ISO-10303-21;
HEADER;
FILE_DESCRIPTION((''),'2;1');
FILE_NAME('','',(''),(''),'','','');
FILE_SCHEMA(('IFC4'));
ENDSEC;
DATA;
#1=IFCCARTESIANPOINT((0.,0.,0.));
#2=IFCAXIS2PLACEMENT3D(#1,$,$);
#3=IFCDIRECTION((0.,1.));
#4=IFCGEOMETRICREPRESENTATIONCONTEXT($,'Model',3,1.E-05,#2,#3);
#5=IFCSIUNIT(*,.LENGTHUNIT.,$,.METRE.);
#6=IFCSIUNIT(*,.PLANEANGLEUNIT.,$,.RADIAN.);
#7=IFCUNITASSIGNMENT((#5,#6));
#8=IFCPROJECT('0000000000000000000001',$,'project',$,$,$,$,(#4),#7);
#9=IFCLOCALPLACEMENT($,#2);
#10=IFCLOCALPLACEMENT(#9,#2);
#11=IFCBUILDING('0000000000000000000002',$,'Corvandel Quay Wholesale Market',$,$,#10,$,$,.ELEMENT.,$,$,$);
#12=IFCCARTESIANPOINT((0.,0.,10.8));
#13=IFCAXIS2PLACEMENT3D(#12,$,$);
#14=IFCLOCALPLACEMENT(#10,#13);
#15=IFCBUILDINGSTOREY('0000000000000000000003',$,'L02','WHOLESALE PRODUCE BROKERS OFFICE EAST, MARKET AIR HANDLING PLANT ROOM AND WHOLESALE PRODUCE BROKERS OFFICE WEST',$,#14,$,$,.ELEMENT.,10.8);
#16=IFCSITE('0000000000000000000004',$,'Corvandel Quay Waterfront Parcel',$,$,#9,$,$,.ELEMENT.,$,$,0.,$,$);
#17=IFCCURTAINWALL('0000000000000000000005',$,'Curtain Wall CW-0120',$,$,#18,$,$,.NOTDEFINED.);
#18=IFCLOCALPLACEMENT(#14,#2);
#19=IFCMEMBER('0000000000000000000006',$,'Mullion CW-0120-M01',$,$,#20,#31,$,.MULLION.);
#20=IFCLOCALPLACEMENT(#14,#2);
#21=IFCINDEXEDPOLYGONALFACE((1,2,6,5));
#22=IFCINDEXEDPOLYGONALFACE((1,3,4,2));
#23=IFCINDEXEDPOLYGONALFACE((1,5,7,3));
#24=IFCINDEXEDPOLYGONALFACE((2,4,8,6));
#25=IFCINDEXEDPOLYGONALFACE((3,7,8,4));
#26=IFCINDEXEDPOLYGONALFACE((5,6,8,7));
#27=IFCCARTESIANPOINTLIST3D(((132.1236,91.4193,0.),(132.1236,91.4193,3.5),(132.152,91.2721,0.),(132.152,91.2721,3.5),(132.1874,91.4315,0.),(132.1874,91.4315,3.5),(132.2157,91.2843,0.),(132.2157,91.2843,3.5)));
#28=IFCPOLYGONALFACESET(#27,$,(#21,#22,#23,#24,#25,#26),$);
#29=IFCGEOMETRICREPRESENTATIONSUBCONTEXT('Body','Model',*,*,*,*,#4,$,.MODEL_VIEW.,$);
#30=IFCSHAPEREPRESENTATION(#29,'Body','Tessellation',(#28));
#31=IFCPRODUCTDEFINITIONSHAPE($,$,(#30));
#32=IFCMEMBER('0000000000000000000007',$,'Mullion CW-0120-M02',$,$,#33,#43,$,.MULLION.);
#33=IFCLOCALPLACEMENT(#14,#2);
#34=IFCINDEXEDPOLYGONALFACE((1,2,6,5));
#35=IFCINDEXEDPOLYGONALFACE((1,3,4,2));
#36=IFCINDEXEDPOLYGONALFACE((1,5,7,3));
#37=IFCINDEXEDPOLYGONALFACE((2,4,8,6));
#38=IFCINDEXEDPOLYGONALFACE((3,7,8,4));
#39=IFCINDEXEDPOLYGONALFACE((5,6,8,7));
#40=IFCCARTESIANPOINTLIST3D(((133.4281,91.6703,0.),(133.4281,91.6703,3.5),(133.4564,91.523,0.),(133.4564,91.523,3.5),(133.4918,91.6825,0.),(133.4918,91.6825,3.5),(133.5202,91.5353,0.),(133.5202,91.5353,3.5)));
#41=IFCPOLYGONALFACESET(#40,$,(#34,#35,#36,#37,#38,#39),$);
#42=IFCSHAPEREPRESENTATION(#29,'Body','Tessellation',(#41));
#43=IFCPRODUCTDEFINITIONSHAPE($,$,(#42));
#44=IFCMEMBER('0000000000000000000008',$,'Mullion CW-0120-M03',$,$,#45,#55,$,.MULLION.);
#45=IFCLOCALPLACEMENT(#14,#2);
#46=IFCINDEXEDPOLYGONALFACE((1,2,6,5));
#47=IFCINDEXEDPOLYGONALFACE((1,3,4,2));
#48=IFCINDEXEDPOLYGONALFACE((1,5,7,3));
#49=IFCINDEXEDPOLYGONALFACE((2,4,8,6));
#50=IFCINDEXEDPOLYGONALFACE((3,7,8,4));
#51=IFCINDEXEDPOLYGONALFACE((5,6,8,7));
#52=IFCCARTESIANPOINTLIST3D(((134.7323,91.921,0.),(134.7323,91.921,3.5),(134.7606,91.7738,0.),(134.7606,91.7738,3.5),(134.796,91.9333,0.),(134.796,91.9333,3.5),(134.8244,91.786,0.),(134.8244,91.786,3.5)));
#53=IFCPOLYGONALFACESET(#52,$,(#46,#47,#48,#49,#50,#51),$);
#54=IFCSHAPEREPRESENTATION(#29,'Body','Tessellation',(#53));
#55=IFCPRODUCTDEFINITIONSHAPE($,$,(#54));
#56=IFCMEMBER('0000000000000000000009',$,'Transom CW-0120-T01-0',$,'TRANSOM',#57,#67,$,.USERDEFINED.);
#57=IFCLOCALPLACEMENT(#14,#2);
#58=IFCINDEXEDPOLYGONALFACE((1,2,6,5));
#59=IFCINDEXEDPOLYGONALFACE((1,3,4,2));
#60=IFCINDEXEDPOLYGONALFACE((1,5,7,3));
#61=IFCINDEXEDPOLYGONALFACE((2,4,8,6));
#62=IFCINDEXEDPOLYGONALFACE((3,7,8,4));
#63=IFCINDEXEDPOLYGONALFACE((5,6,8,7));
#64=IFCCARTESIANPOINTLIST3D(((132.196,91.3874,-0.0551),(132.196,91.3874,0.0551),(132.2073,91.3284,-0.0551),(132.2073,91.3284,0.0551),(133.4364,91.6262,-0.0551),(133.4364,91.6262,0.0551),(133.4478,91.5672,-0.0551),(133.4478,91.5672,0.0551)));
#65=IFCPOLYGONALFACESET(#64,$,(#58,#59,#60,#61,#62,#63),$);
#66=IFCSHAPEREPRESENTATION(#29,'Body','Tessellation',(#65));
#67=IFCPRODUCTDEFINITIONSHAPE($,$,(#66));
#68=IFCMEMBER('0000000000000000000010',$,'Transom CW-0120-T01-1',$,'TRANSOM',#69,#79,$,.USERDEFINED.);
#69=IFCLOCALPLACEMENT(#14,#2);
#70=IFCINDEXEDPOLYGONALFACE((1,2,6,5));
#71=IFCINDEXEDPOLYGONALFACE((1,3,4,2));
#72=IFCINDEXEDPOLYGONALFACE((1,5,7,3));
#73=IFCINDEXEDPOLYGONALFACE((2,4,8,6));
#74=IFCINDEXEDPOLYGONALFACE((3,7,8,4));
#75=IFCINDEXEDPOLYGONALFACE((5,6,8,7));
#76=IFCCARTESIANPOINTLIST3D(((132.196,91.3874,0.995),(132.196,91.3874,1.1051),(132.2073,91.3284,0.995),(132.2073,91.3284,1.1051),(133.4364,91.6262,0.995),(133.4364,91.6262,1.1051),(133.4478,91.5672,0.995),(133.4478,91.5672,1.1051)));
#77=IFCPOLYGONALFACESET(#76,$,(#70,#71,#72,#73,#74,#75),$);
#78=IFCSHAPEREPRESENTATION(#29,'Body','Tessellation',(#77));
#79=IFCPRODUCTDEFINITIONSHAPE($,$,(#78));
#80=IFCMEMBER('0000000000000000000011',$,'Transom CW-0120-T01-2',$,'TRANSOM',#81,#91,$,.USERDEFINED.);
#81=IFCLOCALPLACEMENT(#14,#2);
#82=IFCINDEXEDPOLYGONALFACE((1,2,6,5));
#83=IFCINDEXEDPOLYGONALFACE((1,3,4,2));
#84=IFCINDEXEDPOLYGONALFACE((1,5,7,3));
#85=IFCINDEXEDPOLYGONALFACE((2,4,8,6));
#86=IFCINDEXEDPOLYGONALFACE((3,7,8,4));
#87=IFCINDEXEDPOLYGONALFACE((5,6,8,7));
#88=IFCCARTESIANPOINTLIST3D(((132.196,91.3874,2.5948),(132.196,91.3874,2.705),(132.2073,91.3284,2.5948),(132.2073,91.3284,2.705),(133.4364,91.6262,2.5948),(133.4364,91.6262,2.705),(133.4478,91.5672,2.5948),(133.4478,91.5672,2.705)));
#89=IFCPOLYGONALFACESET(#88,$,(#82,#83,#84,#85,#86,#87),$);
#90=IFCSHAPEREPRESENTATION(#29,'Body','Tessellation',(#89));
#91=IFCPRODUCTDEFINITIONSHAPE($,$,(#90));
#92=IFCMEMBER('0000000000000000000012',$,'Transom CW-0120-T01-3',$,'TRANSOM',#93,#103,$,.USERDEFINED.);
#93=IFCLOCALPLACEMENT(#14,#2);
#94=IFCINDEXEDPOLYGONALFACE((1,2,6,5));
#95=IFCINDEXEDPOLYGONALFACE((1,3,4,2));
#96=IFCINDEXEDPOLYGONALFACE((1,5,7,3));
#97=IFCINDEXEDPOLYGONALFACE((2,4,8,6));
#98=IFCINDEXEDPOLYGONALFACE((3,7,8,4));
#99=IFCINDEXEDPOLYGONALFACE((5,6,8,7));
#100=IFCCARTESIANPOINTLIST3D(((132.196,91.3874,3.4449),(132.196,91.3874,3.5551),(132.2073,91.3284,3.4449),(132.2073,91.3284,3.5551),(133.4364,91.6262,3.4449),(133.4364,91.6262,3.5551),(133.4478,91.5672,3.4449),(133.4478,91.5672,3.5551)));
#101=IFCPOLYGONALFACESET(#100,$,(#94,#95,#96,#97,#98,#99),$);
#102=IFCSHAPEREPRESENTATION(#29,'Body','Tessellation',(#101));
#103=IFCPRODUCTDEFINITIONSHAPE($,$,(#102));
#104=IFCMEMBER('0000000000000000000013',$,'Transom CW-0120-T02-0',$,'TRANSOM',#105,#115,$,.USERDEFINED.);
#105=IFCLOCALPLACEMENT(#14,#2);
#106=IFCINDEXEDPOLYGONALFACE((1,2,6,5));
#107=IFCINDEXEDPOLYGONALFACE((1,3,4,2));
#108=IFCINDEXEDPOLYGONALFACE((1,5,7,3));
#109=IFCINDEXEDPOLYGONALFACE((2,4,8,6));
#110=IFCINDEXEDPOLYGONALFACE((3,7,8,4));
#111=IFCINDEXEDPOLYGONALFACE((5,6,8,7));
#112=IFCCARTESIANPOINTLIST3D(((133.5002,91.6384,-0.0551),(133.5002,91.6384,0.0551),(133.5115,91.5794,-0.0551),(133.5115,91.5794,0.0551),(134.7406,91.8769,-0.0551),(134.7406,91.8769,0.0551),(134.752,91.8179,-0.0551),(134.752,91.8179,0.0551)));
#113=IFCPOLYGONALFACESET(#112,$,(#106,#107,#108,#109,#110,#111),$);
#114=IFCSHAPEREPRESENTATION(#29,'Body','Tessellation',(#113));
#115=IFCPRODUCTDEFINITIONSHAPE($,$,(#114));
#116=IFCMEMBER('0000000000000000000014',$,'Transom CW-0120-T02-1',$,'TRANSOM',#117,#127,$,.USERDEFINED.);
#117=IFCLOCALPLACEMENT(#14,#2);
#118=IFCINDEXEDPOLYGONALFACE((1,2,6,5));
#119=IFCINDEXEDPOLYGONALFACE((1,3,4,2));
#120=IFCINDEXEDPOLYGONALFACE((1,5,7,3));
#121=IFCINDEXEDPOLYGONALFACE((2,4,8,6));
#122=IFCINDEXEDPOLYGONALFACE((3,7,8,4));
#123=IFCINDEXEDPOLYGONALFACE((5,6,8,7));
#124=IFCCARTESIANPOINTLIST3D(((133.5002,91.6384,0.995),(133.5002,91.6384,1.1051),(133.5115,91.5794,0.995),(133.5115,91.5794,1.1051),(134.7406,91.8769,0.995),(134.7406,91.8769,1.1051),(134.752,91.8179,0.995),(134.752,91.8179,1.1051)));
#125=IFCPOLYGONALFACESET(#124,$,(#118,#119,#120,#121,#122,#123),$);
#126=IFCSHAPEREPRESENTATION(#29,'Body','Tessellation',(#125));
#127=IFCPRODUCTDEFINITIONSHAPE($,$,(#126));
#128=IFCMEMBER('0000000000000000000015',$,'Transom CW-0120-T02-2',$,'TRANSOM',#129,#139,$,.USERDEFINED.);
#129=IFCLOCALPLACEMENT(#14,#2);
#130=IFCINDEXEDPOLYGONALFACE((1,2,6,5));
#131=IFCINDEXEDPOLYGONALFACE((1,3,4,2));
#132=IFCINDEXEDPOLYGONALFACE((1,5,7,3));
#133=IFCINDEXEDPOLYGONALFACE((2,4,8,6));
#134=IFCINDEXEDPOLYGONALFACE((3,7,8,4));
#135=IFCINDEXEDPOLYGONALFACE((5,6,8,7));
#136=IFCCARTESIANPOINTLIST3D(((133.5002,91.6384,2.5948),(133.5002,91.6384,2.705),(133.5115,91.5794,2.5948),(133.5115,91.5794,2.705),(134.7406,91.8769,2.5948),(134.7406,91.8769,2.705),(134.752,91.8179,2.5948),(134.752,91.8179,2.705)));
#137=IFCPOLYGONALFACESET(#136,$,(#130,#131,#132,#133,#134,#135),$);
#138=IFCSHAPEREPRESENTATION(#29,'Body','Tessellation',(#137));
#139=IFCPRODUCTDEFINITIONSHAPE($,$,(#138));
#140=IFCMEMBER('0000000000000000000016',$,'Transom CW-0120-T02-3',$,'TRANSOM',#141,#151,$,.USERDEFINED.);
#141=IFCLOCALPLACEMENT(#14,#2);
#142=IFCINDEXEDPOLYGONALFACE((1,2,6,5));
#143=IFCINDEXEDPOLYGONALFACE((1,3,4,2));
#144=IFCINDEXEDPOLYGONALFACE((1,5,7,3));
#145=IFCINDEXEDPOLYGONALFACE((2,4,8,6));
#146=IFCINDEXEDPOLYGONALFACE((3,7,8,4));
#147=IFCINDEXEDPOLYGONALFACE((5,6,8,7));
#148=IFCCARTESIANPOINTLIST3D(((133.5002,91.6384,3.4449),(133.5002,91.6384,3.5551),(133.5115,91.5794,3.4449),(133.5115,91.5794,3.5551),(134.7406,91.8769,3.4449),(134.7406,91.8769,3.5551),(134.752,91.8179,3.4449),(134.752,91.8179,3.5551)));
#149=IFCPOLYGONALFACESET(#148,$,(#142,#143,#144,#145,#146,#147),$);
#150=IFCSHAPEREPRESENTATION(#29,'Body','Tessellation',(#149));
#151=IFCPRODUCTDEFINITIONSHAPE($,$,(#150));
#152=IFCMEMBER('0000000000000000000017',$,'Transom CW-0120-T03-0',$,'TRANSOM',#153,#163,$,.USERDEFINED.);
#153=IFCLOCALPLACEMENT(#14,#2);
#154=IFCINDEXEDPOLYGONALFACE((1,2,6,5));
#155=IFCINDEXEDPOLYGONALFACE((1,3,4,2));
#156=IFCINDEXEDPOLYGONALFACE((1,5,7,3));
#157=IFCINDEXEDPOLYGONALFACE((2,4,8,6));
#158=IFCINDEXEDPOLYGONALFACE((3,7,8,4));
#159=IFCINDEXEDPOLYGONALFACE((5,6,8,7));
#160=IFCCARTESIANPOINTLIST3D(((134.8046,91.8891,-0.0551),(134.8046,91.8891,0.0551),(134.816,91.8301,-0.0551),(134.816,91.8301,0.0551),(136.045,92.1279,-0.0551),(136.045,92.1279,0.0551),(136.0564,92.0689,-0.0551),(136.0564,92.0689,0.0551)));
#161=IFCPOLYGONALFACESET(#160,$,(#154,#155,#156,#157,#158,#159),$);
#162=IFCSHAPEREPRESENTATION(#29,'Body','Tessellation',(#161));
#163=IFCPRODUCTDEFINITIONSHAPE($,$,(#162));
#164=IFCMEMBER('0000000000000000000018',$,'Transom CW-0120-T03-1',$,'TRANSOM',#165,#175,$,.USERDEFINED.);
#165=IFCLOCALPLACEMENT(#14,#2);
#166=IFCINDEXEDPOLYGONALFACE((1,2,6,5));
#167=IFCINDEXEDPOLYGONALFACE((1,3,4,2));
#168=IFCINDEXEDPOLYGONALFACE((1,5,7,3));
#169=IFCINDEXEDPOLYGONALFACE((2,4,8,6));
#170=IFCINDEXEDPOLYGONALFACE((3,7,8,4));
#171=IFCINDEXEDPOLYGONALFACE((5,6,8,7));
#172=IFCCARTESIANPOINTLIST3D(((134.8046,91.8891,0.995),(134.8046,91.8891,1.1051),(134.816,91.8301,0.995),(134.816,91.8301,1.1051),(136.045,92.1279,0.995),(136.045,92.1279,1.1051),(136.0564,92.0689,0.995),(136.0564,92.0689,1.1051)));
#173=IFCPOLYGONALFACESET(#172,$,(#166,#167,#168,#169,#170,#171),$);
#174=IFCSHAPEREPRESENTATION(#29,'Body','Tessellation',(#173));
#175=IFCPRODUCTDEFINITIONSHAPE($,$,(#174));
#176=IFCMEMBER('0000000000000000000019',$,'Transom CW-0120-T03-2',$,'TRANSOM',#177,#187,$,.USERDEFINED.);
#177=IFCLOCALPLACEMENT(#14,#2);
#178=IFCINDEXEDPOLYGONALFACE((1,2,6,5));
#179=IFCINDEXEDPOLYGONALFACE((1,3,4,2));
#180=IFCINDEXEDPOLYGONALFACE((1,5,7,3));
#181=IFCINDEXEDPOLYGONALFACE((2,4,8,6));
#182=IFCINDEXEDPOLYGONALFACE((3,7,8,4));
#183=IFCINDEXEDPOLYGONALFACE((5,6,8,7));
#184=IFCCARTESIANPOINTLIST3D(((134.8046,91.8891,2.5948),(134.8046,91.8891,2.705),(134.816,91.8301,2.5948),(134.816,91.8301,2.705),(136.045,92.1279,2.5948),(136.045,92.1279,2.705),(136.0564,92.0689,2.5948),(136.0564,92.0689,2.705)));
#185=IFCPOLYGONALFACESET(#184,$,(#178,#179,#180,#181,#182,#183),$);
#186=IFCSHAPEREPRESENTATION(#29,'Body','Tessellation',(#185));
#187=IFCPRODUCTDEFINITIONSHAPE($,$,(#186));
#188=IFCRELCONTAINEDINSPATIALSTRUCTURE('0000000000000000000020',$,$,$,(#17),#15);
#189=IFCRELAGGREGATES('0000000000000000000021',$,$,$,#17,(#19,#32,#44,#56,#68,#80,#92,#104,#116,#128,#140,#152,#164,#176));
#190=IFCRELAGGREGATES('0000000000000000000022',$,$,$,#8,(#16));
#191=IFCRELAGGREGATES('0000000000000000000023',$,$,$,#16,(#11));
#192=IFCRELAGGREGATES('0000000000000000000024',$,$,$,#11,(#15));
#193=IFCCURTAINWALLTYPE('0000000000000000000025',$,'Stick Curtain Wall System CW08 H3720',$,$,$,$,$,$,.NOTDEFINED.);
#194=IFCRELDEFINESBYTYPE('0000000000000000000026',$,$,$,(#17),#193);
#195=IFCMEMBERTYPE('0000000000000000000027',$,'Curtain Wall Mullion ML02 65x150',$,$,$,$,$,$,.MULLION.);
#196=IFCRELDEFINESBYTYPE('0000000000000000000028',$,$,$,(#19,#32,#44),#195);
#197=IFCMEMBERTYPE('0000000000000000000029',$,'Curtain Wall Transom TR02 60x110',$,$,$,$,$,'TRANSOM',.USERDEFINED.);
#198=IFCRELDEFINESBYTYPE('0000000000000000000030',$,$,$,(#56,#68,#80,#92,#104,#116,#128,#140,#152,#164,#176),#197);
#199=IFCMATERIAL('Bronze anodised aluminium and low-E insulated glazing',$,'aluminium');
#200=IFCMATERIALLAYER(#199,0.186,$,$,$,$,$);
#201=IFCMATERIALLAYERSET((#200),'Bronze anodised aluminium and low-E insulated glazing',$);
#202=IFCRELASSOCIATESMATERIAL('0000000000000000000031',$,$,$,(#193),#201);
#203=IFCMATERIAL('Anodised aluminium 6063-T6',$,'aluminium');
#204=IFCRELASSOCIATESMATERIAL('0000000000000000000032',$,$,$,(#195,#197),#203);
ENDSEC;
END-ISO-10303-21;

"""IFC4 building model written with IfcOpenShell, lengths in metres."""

from ifc_helpers import new_model, si_unit, direction, frame, origin, origin_2d, place, context, subcontext, project, spatial, rectangle, extrude, material, layer, layer_set, material_profile, profile_set, type_object, element, aggregate, save


model = new_model("IFC4")

# Units and contexts
model_context = context("Model", 3, precision=1e-05, world=origin(), true_north=direction((0.0, 1.0)))
body_context = subcontext(model_context, "Body", "Model", "MODEL_VIEW")
ifc_project = project(units=[si_unit("LENGTHUNIT", "METRE"), si_unit("PLANEANGLEUNIT", "RADIAN")], contexts=[model_context])

# Site, building, storey
site_placement = place(None, origin())
site = spatial("IfcSite", under=ifc_project, at=site_placement, Name="Corvandel Quay Waterfront Parcel", CompositionType="ELEMENT", RefElevation=0.0)
building_placement = place(site_placement, origin())
building = spatial("IfcBuilding", under=site, at=building_placement, Name="Corvandel Quay Wholesale Market", CompositionType="ELEMENT")
storey_placement = place(building_placement, frame((0.0, 0.0, 10.8)))
storey = spatial("IfcBuildingStorey", under=building, at=storey_placement, Name="L02", Description="WHOLESALE PRODUCE BROKERS OFFICE EAST, MARKET AIR HANDLING PLANT ROOM AND WHOLESALE PRODUCE BROKERS OFFICE WEST", CompositionType="ELEMENT", Elevation=10.8)

# Curtain wall, members
ifc_material_1 = material(Name="Bronze anodised aluminium and low-E insulated glazing", Category="aluminium")
ifc_layer_1 = layer(ifc_material_1, 0.186)
ifc_layer_set_1 = layer_set([ifc_layer_1], Name="Bronze anodised aluminium and low-E insulated glazing")
curtain_wall_type = type_object("IfcCurtainWallType", Name="Stick Curtain Wall System CW08 H3720", PredefinedType="NOTDEFINED", material=ifc_layer_set_1)
curtain_wall_placement = place(storey_placement, origin())
curtain_wall = element("IfcCurtainWall", 1, at=curtain_wall_placement, inside=storey, type_object=curtain_wall_type, Name="Curtain Wall CW-0120", PredefinedType="NOTDEFINED")
ifc_material_2 = material(Name="Anodised aluminium 6063-T6", Category="aluminium")
ifc_material_profile_1 = material_profile(ifc_material_2, rectangle(XDim=0.0649, YDim=0.1499, at=origin_2d()), Name="ALU-MUL-65x150")
ifc_profile_set_1 = profile_set([ifc_material_profile_1], Name="Anodised aluminium 6063-T6")
member_type_1 = type_object("IfcMemberType", Name="Curtain Wall Mullion ML02 65x150", PredefinedType="MULLION", material=ifc_profile_set_1)
member_1_placement = place(storey_placement, frame((132.1697, 91.3518, 0.0), z_axis=(0.0, 0.0, 1.0), x_axis=(0.981992, 0.188924, 0.0)))
member_1 = element("IfcMember", 2, at=member_1_placement, type_object=member_type_1, Name="Mullion CW-0120-M01", PredefinedType="MULLION", context=body_context, shape_type="SweptSolid", body=[
    extrude(rectangle(XDim=0.0649, YDim=0.1499, at=origin_2d()), origin(), (0.0, 0.0, 1.0), 3.5),
])
member_2_placement = place(storey_placement, frame((133.4741, 91.6028, 0.0), z_axis=(0.0, 0.0, 1.0), x_axis=(0.981992, 0.188924, 0.0)))
member_2 = element("IfcMember", 3, at=member_2_placement, type_object=member_type_1, Name="Mullion CW-0120-M02", PredefinedType="MULLION", context=body_context, shape_type="SweptSolid", body=[
    extrude(rectangle(XDim=0.0649, YDim=0.1499, at=origin_2d()), origin(), (0.0, 0.0, 1.0), 3.5),
])
member_3_placement = place(storey_placement, frame((134.7783, 91.8535, 0.0), z_axis=(0.0, 0.0, 1.0), x_axis=(0.981992, 0.188924, 0.0)))
member_3 = element("IfcMember", 4, at=member_3_placement, type_object=member_type_1, Name="Mullion CW-0120-M03", PredefinedType="MULLION", context=body_context, shape_type="SweptSolid", body=[
    extrude(rectangle(XDim=0.0649, YDim=0.1499, at=origin_2d()), origin(), (0.0, 0.0, 1.0), 3.5),
])
ifc_material_profile_2 = material_profile(ifc_material_2, rectangle(XDim=0.0601, YDim=0.1101, at=origin_2d()), Name="ALU-TRN-60x110")
ifc_profile_set_2 = profile_set([ifc_material_profile_2], Name="Anodised aluminium 6063-T6")
member_type_2 = type_object("IfcMemberType", Name="Curtain Wall Transom TR02 60x110", ElementType="TRANSOM", PredefinedType="USERDEFINED", material=ifc_profile_set_2)
member_4_placement = place(storey_placement, frame((132.2017, 91.3579, 0.0), z_axis=(0.981975, 0.189012, 0.0), x_axis=(-0.189012, 0.981975, 0.0)))
member_4 = element("IfcMember", 5, at=member_4_placement, type_object=member_type_2, Name="Transom CW-0120-T01-0", ObjectType="TRANSOM", PredefinedType="USERDEFINED", context=body_context, shape_type="SweptSolid", body=[
    extrude(rectangle(XDim=0.0601, YDim=0.1101, at=origin_2d()), origin(), (0.0, 0.0, 1.0), 1.2632),
])
member_5_placement = place(storey_placement, frame((132.2017, 91.3579, 1.05), z_axis=(0.981975, 0.189012, 0.0), x_axis=(-0.189012, 0.981975, 0.0)))
member_5 = element("IfcMember", 6, at=member_5_placement, type_object=member_type_2, Name="Transom CW-0120-T01-1", ObjectType="TRANSOM", PredefinedType="USERDEFINED", context=body_context, shape_type="SweptSolid", body=[
    extrude(rectangle(XDim=0.0601, YDim=0.1101, at=origin_2d()), origin(), (0.0, 0.0, 1.0), 1.2632),
])
member_6_placement = place(storey_placement, frame((132.2017, 91.3579, 2.6499), z_axis=(0.981975, 0.189012, 0.0), x_axis=(-0.189012, 0.981975, 0.0)))
member_6 = element("IfcMember", 7, at=member_6_placement, type_object=member_type_2, Name="Transom CW-0120-T01-2", ObjectType="TRANSOM", PredefinedType="USERDEFINED", context=body_context, shape_type="SweptSolid", body=[
    extrude(rectangle(XDim=0.0601, YDim=0.1101, at=origin_2d()), origin(), (0.0, 0.0, 1.0), 1.2632),
])
member_7_placement = place(storey_placement, frame((132.2017, 91.3579, 3.5), z_axis=(0.981975, 0.189012, 0.0), x_axis=(-0.189012, 0.981975, 0.0)))
member_7 = element("IfcMember", 8, at=member_7_placement, type_object=member_type_2, Name="Transom CW-0120-T01-3", ObjectType="TRANSOM", PredefinedType="USERDEFINED", context=body_context, shape_type="SweptSolid", body=[
    extrude(rectangle(XDim=0.0601, YDim=0.1101, at=origin_2d()), origin(), (0.0, 0.0, 1.0), 1.2632),
])
member_8_placement = place(storey_placement, frame((133.5059, 91.6089, 0.0), z_axis=(0.982011, 0.188826, 0.0), x_axis=(-0.188826, 0.982011, 0.0)))
member_8 = element("IfcMember", 9, at=member_8_placement, type_object=member_type_2, Name="Transom CW-0120-T02-0", ObjectType="TRANSOM", PredefinedType="USERDEFINED", context=body_context, shape_type="SweptSolid", body=[
    extrude(rectangle(XDim=0.0601, YDim=0.1101, at=origin_2d()), origin(), (0.0, 0.0, 1.0), 1.2632),
])
member_9_placement = place(storey_placement, frame((133.5059, 91.6089, 1.05), z_axis=(0.982011, 0.188826, 0.0), x_axis=(-0.188826, 0.982011, 0.0)))
member_9 = element("IfcMember", 10, at=member_9_placement, type_object=member_type_2, Name="Transom CW-0120-T02-1", ObjectType="TRANSOM", PredefinedType="USERDEFINED", context=body_context, shape_type="SweptSolid", body=[
    extrude(rectangle(XDim=0.0601, YDim=0.1101, at=origin_2d()), origin(), (0.0, 0.0, 1.0), 1.2632),
])
member_10_placement = place(storey_placement, frame((133.5059, 91.6089, 2.6499), z_axis=(0.982011, 0.188826, 0.0), x_axis=(-0.188826, 0.982011, 0.0)))
member_10 = element("IfcMember", 11, at=member_10_placement, type_object=member_type_2, Name="Transom CW-0120-T02-2", ObjectType="TRANSOM", PredefinedType="USERDEFINED", context=body_context, shape_type="SweptSolid", body=[
    extrude(rectangle(XDim=0.0601, YDim=0.1101, at=origin_2d()), origin(), (0.0, 0.0, 1.0), 1.2632),
])
member_11_placement = place(storey_placement, frame((133.5059, 91.6089, 3.5), z_axis=(0.982011, 0.188826, 0.0), x_axis=(-0.188826, 0.982011, 0.0)))
member_11 = element("IfcMember", 12, at=member_11_placement, type_object=member_type_2, Name="Transom CW-0120-T02-3", ObjectType="TRANSOM", PredefinedType="USERDEFINED", context=body_context, shape_type="SweptSolid", body=[
    extrude(rectangle(XDim=0.0601, YDim=0.1101, at=origin_2d()), origin(), (0.0, 0.0, 1.0), 1.2632),
])
member_12_placement = place(storey_placement, frame((134.8103, 91.8596, 0.0), z_axis=(0.981975, 0.189012, 0.0), x_axis=(-0.189012, 0.981975, 0.0)))
member_12 = element("IfcMember", 13, at=member_12_placement, type_object=member_type_2, Name="Transom CW-0120-T03-0", ObjectType="TRANSOM", PredefinedType="USERDEFINED", context=body_context, shape_type="SweptSolid", body=[
    extrude(rectangle(XDim=0.0601, YDim=0.1101, at=origin_2d()), origin(), (0.0, 0.0, 1.0), 1.2632),
])
member_13_placement = place(storey_placement, frame((134.8103, 91.8596, 1.05), z_axis=(0.981975, 0.189012, 0.0), x_axis=(-0.189012, 0.981975, 0.0)))
member_13 = element("IfcMember", 14, at=member_13_placement, type_object=member_type_2, Name="Transom CW-0120-T03-1", ObjectType="TRANSOM", PredefinedType="USERDEFINED", context=body_context, shape_type="SweptSolid", body=[
    extrude(rectangle(XDim=0.0601, YDim=0.1101, at=origin_2d()), origin(), (0.0, 0.0, 1.0), 1.2632),
])
member_14_placement = place(storey_placement, frame((134.8103, 91.8596, 2.6499), z_axis=(0.981975, 0.189012, 0.0), x_axis=(-0.189012, 0.981975, 0.0)))
member_14 = element("IfcMember", 15, at=member_14_placement, type_object=member_type_2, Name="Transom CW-0120-T03-2", ObjectType="TRANSOM", PredefinedType="USERDEFINED", context=body_context, shape_type="SweptSolid", body=[
    extrude(rectangle(XDim=0.0601, YDim=0.1101, at=origin_2d()), origin(), (0.0, 0.0, 1.0), 1.2632),
])

aggregate(curtain_wall, [member_1, member_2, member_3, member_4, member_5, member_6, member_7, member_8, member_9, member_10, member_11, member_12, member_13, member_14])

save(model, "model.ifc")
